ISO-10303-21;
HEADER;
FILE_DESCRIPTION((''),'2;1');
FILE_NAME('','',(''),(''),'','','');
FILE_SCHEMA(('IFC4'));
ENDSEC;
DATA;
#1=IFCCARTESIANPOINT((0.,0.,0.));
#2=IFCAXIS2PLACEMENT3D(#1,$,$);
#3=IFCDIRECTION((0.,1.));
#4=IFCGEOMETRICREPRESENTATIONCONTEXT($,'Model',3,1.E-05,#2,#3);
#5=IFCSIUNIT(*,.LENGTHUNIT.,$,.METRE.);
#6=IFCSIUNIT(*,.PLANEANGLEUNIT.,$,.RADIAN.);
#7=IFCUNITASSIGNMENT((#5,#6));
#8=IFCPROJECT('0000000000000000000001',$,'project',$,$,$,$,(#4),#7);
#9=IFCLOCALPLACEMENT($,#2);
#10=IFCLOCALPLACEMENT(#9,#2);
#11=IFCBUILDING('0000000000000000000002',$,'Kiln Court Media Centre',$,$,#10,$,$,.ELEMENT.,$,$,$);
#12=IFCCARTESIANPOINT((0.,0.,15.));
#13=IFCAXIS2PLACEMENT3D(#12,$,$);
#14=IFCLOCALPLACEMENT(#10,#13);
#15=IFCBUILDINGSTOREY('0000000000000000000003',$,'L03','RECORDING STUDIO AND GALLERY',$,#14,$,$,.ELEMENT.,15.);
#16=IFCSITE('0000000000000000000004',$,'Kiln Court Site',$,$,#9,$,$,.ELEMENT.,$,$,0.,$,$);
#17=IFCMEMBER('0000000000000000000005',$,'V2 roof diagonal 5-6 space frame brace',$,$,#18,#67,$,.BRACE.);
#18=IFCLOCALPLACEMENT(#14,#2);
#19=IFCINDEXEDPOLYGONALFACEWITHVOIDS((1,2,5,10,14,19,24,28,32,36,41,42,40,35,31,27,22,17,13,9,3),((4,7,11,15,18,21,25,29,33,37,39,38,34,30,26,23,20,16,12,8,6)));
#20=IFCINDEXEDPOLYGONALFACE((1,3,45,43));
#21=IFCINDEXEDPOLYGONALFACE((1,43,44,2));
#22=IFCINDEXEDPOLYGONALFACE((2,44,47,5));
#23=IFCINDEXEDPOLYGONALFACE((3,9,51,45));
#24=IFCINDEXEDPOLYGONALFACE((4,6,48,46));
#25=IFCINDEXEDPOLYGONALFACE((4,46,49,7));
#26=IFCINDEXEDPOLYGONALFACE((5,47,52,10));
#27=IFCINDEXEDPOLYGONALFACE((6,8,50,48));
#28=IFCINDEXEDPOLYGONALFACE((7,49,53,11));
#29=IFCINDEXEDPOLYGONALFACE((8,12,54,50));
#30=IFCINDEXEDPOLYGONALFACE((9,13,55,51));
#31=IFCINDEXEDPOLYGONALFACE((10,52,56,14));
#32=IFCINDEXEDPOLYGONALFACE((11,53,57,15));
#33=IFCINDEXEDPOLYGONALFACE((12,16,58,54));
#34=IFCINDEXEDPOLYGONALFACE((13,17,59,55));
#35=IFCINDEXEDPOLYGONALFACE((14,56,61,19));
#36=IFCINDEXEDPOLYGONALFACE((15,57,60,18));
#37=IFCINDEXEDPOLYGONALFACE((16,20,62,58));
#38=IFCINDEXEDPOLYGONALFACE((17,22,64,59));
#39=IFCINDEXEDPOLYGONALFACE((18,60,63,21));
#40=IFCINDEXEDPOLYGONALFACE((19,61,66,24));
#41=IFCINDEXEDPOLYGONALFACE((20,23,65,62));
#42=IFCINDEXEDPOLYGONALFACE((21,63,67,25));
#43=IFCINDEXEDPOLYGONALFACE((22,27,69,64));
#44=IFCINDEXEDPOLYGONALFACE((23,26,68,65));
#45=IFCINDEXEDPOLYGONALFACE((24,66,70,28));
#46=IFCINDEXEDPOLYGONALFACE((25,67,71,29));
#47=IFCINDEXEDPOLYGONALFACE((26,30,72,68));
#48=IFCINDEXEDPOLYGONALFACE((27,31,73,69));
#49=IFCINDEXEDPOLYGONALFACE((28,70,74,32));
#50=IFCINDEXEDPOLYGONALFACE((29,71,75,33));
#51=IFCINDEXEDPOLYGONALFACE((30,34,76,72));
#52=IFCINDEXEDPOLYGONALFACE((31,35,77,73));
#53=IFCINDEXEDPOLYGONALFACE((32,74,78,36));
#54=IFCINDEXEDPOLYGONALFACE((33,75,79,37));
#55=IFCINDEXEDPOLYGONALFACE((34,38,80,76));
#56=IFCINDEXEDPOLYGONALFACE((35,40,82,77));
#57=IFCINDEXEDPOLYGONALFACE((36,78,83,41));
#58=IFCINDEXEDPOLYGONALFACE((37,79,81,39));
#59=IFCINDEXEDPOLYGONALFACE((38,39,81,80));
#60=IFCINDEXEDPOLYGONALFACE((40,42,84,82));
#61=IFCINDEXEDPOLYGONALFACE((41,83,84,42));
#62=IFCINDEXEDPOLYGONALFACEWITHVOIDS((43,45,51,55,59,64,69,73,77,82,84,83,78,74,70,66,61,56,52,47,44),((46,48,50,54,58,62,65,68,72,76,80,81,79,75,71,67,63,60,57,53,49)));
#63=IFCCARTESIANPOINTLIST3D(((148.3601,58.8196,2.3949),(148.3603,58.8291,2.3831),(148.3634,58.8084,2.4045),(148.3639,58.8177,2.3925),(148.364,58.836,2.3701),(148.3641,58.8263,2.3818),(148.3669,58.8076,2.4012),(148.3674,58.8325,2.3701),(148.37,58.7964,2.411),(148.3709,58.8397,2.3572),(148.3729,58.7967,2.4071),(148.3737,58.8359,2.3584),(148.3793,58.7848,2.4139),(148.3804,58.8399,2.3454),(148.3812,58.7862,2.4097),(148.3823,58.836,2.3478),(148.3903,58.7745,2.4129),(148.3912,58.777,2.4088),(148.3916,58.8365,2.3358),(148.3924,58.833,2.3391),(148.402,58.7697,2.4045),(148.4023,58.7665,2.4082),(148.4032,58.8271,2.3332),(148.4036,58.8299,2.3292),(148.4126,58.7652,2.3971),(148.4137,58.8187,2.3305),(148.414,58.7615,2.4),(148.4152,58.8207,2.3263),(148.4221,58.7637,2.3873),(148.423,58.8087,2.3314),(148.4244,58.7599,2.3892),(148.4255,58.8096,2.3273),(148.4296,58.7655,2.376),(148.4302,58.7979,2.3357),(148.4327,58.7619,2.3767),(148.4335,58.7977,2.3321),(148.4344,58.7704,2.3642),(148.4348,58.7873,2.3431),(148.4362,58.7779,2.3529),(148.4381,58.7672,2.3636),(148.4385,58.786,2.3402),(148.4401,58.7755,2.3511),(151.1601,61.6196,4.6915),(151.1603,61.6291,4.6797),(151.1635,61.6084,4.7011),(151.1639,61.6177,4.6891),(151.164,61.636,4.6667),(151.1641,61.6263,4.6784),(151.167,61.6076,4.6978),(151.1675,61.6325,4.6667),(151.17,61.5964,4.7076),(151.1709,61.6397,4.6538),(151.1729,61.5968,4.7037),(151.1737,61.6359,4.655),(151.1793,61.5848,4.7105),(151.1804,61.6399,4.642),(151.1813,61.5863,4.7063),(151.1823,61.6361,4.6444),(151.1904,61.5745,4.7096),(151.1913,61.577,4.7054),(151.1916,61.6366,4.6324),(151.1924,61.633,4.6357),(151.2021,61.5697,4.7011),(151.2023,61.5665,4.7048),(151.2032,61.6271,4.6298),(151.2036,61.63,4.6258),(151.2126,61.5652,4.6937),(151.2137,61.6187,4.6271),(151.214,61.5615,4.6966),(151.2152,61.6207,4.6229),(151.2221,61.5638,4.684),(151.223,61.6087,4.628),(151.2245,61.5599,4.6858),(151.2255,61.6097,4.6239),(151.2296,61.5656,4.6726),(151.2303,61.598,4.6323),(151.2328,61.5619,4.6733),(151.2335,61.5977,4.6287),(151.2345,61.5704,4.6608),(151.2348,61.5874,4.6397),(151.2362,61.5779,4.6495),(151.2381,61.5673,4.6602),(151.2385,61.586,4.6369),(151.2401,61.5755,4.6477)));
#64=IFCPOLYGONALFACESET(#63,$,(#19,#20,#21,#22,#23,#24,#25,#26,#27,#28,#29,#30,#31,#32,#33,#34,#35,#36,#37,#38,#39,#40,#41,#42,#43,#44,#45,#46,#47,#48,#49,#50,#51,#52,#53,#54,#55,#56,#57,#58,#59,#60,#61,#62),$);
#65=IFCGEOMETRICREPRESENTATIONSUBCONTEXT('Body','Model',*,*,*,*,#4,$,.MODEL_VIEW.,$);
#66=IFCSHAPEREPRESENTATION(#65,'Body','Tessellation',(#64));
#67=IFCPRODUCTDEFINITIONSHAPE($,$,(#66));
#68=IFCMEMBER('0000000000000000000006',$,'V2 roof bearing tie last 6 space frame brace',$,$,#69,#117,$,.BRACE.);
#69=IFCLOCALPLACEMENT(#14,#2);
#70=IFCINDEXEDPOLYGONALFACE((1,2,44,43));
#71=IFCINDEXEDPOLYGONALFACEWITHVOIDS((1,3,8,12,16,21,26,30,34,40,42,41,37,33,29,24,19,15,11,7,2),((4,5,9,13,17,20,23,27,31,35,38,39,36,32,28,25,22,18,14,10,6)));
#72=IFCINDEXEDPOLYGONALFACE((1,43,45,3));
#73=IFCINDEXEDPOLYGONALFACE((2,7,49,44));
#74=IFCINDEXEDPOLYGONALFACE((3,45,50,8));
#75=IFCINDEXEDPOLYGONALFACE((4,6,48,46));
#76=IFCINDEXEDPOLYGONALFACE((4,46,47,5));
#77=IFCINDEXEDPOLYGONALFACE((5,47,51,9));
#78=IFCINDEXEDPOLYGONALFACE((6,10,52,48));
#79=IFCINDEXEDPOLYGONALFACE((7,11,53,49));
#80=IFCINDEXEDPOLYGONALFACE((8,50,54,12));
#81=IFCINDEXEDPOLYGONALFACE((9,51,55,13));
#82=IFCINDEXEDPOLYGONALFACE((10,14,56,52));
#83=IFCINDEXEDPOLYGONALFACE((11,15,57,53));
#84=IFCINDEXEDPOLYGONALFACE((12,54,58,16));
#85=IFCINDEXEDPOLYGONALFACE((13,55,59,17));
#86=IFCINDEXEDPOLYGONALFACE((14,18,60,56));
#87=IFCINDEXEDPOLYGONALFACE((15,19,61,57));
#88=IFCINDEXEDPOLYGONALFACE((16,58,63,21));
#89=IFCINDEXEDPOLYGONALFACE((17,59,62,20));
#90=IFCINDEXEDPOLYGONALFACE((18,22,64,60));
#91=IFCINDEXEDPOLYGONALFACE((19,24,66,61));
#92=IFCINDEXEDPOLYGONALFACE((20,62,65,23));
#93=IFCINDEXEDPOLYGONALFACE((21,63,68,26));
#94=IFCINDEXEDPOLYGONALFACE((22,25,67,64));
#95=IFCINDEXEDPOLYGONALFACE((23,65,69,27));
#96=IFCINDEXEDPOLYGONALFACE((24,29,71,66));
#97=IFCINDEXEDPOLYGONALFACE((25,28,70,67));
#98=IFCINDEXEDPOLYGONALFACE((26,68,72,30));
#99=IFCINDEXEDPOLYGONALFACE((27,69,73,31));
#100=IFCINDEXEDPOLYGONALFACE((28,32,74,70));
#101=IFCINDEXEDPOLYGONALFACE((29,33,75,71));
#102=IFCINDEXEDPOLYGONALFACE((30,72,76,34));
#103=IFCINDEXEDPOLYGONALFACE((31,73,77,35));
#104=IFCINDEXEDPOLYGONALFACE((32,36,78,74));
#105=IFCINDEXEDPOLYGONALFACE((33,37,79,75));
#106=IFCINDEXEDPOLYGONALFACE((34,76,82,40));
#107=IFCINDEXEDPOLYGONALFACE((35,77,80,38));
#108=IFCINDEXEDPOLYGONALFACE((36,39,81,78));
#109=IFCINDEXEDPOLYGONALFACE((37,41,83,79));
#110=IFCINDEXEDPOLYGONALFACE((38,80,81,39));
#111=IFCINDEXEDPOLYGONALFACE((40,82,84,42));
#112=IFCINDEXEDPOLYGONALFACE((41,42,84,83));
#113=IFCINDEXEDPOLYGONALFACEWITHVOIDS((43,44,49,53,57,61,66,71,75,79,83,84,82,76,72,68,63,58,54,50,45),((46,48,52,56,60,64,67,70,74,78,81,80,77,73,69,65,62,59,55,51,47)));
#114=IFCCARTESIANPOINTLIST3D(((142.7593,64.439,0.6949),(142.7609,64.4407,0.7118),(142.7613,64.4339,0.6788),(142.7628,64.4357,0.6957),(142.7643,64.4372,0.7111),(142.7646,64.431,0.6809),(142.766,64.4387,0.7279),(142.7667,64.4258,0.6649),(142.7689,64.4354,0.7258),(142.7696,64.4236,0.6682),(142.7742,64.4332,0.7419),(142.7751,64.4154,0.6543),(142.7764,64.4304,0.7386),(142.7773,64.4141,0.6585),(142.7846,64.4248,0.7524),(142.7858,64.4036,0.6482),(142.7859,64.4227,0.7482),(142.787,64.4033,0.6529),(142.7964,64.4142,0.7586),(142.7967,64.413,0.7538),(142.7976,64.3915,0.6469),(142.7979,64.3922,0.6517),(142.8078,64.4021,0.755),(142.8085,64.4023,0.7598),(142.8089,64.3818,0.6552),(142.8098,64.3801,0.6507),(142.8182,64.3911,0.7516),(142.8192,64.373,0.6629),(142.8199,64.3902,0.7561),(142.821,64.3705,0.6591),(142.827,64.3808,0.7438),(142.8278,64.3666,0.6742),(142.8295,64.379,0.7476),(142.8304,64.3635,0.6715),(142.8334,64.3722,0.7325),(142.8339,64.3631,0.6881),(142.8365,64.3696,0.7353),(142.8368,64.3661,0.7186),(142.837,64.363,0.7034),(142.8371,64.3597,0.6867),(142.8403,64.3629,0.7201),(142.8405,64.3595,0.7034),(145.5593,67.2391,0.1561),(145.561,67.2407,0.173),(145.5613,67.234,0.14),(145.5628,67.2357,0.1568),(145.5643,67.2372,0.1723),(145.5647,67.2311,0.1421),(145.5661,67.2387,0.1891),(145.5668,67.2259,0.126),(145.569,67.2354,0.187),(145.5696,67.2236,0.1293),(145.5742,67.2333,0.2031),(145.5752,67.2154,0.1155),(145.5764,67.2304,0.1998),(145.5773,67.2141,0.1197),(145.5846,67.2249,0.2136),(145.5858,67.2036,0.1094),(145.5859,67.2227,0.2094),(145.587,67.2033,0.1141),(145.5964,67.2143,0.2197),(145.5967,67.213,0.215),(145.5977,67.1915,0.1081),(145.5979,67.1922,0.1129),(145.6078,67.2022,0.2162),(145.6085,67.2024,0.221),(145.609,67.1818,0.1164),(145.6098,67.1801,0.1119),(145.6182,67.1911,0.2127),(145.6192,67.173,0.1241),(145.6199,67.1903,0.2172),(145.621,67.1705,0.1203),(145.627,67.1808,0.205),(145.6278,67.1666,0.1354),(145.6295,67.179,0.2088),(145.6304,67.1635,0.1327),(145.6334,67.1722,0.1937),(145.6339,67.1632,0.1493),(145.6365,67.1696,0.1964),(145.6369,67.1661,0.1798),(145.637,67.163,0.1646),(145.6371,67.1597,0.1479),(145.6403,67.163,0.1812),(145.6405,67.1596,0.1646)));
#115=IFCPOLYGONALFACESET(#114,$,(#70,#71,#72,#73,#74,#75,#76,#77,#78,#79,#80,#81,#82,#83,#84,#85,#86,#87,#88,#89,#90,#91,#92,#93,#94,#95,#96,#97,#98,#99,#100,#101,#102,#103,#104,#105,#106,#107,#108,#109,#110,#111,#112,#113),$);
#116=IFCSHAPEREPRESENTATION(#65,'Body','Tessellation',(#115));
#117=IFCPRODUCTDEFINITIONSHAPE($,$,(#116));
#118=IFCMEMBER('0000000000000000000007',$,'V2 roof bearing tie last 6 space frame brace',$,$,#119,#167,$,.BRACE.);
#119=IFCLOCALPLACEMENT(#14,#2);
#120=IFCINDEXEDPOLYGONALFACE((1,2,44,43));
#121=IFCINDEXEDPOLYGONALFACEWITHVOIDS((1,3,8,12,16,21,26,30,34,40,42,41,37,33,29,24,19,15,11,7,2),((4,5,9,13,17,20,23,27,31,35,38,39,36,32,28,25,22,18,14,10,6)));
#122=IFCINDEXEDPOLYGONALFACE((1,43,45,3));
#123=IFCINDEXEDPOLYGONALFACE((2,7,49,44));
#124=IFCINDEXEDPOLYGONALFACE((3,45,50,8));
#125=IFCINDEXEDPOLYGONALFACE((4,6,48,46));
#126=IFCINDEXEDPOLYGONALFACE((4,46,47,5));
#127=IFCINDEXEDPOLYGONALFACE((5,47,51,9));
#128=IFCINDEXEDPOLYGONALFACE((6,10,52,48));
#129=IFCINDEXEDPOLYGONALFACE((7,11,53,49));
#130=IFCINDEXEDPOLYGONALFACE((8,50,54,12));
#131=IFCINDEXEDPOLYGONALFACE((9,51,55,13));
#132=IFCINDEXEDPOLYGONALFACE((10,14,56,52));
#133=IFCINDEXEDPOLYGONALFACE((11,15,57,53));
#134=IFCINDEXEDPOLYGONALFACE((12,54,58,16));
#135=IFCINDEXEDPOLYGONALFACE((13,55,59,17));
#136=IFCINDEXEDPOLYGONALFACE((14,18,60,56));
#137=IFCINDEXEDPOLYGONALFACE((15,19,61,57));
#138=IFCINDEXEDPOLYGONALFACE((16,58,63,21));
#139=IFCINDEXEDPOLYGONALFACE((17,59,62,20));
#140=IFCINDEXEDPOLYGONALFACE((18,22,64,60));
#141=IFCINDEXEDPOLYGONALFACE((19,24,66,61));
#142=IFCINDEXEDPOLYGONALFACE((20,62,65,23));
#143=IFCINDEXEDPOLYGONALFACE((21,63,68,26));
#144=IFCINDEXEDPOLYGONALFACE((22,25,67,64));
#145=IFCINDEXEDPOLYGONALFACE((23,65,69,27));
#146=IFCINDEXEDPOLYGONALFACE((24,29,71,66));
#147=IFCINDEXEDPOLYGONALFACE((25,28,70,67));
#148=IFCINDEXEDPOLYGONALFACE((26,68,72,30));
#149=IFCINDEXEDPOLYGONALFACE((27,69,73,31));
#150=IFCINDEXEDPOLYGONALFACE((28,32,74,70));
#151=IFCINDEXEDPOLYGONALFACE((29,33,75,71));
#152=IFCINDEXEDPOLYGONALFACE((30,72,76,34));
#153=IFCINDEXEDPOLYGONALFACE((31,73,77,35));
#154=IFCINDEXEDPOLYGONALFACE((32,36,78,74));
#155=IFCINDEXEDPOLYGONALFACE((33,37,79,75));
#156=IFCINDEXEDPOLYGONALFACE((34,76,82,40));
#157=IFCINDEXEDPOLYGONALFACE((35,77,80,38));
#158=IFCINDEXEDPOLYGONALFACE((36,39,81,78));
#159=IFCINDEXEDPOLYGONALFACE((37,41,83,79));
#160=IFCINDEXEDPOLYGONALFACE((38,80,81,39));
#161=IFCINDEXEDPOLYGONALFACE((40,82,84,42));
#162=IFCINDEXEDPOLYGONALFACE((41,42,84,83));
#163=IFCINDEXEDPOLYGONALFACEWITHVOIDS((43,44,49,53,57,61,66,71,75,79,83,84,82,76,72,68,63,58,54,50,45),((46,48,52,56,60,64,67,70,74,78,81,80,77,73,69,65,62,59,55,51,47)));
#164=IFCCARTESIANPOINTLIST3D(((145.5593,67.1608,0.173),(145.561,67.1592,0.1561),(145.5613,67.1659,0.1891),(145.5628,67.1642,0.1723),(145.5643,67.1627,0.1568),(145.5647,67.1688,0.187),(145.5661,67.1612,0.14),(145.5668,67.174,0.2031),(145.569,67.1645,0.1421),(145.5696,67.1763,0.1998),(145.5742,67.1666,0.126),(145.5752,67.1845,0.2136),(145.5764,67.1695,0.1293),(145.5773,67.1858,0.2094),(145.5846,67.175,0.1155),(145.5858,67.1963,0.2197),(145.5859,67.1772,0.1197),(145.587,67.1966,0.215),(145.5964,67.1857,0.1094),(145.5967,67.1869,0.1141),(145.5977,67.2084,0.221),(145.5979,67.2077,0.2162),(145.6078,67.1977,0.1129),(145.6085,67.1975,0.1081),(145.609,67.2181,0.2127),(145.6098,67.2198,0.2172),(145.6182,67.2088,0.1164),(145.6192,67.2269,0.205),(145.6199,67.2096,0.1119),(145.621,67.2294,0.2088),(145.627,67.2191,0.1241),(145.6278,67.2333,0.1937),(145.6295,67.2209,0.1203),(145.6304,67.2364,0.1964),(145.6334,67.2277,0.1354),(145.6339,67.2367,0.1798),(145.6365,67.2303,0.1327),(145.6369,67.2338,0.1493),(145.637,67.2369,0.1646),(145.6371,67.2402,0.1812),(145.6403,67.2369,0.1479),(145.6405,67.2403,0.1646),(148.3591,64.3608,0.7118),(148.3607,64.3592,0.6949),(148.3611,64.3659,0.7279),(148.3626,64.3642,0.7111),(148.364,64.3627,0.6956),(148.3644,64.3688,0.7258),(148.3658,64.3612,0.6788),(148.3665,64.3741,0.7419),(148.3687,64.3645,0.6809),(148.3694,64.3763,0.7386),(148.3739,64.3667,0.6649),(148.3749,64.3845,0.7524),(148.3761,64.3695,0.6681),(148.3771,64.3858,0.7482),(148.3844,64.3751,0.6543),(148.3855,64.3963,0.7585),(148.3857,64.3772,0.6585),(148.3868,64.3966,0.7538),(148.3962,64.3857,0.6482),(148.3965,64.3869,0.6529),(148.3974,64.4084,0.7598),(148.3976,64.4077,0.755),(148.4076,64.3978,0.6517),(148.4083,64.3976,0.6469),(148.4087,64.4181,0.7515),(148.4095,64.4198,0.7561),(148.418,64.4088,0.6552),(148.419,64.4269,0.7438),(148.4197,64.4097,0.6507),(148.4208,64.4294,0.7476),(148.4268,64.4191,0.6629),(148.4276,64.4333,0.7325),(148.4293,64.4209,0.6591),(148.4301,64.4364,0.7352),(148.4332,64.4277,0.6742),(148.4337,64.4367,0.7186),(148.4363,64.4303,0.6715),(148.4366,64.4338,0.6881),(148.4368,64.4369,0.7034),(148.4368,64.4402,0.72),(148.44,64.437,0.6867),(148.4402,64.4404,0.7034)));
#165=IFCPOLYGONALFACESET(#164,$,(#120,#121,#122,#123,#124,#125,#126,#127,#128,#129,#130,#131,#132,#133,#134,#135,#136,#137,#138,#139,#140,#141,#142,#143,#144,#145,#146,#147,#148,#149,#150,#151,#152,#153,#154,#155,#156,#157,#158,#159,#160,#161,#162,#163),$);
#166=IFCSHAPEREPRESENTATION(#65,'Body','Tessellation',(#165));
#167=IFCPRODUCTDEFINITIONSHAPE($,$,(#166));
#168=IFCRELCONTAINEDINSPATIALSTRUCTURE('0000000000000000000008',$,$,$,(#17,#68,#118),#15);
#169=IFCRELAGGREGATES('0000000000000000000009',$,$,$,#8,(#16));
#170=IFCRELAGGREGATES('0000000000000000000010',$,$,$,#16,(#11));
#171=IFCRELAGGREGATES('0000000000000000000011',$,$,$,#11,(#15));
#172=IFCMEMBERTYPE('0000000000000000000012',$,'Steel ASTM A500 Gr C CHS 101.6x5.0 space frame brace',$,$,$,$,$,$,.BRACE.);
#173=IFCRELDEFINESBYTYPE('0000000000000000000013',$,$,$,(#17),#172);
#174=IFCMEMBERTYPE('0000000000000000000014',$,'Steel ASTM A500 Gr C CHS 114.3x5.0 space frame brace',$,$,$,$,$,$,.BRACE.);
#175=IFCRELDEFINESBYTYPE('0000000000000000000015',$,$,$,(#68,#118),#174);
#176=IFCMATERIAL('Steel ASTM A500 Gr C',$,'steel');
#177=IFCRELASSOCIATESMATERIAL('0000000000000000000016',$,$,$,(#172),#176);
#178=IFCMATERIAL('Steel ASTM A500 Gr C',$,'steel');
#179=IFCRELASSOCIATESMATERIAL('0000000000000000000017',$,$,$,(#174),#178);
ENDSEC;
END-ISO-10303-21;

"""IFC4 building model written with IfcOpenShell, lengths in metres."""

from ifc_helpers import new_model, si_unit, direction, frame, origin, origin_2d, place, context, subcontext, project, spatial, hollow_circle, extrude, material, material_profile, profile_set, type_object, element, save


model = new_model("IFC4")

# Units and contexts
model_context = context("Model", 3, precision=1e-05, world=origin(), true_north=direction((0.0, 1.0)))
body_context = subcontext(model_context, "Body", "Model", "MODEL_VIEW")
ifc_project = project(units=[si_unit("LENGTHUNIT", "METRE"), si_unit("PLANEANGLEUNIT", "RADIAN")], contexts=[model_context])

# Site, building, storey
site_placement = place(None, origin())
site = spatial("IfcSite", under=ifc_project, at=site_placement, Name="Kiln Court Site", CompositionType="ELEMENT", RefElevation=0.0)
building_placement = place(site_placement, origin())
building = spatial("IfcBuilding", under=site, at=building_placement, Name="Kiln Court Media Centre", CompositionType="ELEMENT")
storey_placement = place(building_placement, frame((0.0, 0.0, 15.0)))
storey = spatial("IfcBuildingStorey", under=building, at=storey_placement, Name="L03", Description="RECORDING STUDIO AND GALLERY", CompositionType="ELEMENT", Elevation=15.0)

# Members
ifc_material_1 = material(Name="Steel ASTM A500 Gr C", Category="steel")
ifc_material_profile_1 = material_profile(ifc_material_1, hollow_circle(Radius=0.0508, WallThickness=0.0049, at=origin_2d()), Name="CHS 101.6x5.0")
ifc_profile_set_1 = profile_set([ifc_material_profile_1], Name="Steel ASTM A500 Gr C")
member_type_1 = type_object("IfcMemberType", Name="Steel ASTM A500 Gr C CHS 101.6x5.0 space frame brace", PredefinedType="BRACE", material=ifc_profile_set_1)
member_1_placement = place(storey_placement, frame((148.3999, 58.8, 2.3701), z_axis=(0.611676, 0.611676, 0.501703), x_axis=(-0.707107, 0.707107, 0.0)))
element("IfcMember", 1, at=member_1_placement, inside=storey, type_object=member_type_1, Name="V2 roof diagonal 5-6 space frame brace", PredefinedType="BRACE", context=body_context, shape_type="SweptSolid", body=[
    extrude(hollow_circle(Radius=0.0508, WallThickness=0.0049, at=origin_2d()), origin(), (0.0, 0.0, 1.0), 4.5776),
])
ifc_material_2 = material(Name="Steel ASTM A500 Gr C", Category="steel")
ifc_material_profile_2 = material_profile(ifc_material_2, hollow_circle(Radius=0.0571, WallThickness=0.0049, at=origin_2d()), Name="CHS 114.3x5.0")
ifc_profile_set_2 = profile_set([ifc_material_profile_2], Name="Steel ASTM A500 Gr C")
member_type_2 = type_object("IfcMemberType", Name="Steel ASTM A500 Gr C CHS 114.3x5.0 space frame brace", PredefinedType="BRACE", material=ifc_profile_set_2)
member_2_placement = place(storey_placement, frame((145.6001, 67.2, 0.1646), z_axis=(-0.70065, -0.70065, 0.134827), x_axis=(0.707107, -0.707107, 0.0)))
element("IfcMember", 2, at=member_2_placement, inside=storey, type_object=member_type_2, Name="V2 roof bearing tie last 6 space frame brace", PredefinedType="BRACE", context=body_context, shape_type="SweptSolid", body=[
    extrude(hollow_circle(Radius=0.0571, WallThickness=0.0049, at=origin_2d()), origin(), (0.0, 0.0, 1.0), 3.9963),
])
member_3_placement = place(storey_placement, frame((145.6001, 67.2, 0.1646), z_axis=(0.700619, -0.70068, 0.134833), x_axis=(0.707138, 0.707076, 0.0)))
element("IfcMember", 3, at=member_3_placement, inside=storey, type_object=member_type_2, Name="V2 roof bearing tie last 6 space frame brace", PredefinedType="BRACE", context=body_context, shape_type="SweptSolid", body=[
    extrude(hollow_circle(Radius=0.0571, WallThickness=0.0049, at=origin_2d()), origin(), (0.0, 0.0, 1.0), 3.9961),
])

save(model, "model.ifc")
